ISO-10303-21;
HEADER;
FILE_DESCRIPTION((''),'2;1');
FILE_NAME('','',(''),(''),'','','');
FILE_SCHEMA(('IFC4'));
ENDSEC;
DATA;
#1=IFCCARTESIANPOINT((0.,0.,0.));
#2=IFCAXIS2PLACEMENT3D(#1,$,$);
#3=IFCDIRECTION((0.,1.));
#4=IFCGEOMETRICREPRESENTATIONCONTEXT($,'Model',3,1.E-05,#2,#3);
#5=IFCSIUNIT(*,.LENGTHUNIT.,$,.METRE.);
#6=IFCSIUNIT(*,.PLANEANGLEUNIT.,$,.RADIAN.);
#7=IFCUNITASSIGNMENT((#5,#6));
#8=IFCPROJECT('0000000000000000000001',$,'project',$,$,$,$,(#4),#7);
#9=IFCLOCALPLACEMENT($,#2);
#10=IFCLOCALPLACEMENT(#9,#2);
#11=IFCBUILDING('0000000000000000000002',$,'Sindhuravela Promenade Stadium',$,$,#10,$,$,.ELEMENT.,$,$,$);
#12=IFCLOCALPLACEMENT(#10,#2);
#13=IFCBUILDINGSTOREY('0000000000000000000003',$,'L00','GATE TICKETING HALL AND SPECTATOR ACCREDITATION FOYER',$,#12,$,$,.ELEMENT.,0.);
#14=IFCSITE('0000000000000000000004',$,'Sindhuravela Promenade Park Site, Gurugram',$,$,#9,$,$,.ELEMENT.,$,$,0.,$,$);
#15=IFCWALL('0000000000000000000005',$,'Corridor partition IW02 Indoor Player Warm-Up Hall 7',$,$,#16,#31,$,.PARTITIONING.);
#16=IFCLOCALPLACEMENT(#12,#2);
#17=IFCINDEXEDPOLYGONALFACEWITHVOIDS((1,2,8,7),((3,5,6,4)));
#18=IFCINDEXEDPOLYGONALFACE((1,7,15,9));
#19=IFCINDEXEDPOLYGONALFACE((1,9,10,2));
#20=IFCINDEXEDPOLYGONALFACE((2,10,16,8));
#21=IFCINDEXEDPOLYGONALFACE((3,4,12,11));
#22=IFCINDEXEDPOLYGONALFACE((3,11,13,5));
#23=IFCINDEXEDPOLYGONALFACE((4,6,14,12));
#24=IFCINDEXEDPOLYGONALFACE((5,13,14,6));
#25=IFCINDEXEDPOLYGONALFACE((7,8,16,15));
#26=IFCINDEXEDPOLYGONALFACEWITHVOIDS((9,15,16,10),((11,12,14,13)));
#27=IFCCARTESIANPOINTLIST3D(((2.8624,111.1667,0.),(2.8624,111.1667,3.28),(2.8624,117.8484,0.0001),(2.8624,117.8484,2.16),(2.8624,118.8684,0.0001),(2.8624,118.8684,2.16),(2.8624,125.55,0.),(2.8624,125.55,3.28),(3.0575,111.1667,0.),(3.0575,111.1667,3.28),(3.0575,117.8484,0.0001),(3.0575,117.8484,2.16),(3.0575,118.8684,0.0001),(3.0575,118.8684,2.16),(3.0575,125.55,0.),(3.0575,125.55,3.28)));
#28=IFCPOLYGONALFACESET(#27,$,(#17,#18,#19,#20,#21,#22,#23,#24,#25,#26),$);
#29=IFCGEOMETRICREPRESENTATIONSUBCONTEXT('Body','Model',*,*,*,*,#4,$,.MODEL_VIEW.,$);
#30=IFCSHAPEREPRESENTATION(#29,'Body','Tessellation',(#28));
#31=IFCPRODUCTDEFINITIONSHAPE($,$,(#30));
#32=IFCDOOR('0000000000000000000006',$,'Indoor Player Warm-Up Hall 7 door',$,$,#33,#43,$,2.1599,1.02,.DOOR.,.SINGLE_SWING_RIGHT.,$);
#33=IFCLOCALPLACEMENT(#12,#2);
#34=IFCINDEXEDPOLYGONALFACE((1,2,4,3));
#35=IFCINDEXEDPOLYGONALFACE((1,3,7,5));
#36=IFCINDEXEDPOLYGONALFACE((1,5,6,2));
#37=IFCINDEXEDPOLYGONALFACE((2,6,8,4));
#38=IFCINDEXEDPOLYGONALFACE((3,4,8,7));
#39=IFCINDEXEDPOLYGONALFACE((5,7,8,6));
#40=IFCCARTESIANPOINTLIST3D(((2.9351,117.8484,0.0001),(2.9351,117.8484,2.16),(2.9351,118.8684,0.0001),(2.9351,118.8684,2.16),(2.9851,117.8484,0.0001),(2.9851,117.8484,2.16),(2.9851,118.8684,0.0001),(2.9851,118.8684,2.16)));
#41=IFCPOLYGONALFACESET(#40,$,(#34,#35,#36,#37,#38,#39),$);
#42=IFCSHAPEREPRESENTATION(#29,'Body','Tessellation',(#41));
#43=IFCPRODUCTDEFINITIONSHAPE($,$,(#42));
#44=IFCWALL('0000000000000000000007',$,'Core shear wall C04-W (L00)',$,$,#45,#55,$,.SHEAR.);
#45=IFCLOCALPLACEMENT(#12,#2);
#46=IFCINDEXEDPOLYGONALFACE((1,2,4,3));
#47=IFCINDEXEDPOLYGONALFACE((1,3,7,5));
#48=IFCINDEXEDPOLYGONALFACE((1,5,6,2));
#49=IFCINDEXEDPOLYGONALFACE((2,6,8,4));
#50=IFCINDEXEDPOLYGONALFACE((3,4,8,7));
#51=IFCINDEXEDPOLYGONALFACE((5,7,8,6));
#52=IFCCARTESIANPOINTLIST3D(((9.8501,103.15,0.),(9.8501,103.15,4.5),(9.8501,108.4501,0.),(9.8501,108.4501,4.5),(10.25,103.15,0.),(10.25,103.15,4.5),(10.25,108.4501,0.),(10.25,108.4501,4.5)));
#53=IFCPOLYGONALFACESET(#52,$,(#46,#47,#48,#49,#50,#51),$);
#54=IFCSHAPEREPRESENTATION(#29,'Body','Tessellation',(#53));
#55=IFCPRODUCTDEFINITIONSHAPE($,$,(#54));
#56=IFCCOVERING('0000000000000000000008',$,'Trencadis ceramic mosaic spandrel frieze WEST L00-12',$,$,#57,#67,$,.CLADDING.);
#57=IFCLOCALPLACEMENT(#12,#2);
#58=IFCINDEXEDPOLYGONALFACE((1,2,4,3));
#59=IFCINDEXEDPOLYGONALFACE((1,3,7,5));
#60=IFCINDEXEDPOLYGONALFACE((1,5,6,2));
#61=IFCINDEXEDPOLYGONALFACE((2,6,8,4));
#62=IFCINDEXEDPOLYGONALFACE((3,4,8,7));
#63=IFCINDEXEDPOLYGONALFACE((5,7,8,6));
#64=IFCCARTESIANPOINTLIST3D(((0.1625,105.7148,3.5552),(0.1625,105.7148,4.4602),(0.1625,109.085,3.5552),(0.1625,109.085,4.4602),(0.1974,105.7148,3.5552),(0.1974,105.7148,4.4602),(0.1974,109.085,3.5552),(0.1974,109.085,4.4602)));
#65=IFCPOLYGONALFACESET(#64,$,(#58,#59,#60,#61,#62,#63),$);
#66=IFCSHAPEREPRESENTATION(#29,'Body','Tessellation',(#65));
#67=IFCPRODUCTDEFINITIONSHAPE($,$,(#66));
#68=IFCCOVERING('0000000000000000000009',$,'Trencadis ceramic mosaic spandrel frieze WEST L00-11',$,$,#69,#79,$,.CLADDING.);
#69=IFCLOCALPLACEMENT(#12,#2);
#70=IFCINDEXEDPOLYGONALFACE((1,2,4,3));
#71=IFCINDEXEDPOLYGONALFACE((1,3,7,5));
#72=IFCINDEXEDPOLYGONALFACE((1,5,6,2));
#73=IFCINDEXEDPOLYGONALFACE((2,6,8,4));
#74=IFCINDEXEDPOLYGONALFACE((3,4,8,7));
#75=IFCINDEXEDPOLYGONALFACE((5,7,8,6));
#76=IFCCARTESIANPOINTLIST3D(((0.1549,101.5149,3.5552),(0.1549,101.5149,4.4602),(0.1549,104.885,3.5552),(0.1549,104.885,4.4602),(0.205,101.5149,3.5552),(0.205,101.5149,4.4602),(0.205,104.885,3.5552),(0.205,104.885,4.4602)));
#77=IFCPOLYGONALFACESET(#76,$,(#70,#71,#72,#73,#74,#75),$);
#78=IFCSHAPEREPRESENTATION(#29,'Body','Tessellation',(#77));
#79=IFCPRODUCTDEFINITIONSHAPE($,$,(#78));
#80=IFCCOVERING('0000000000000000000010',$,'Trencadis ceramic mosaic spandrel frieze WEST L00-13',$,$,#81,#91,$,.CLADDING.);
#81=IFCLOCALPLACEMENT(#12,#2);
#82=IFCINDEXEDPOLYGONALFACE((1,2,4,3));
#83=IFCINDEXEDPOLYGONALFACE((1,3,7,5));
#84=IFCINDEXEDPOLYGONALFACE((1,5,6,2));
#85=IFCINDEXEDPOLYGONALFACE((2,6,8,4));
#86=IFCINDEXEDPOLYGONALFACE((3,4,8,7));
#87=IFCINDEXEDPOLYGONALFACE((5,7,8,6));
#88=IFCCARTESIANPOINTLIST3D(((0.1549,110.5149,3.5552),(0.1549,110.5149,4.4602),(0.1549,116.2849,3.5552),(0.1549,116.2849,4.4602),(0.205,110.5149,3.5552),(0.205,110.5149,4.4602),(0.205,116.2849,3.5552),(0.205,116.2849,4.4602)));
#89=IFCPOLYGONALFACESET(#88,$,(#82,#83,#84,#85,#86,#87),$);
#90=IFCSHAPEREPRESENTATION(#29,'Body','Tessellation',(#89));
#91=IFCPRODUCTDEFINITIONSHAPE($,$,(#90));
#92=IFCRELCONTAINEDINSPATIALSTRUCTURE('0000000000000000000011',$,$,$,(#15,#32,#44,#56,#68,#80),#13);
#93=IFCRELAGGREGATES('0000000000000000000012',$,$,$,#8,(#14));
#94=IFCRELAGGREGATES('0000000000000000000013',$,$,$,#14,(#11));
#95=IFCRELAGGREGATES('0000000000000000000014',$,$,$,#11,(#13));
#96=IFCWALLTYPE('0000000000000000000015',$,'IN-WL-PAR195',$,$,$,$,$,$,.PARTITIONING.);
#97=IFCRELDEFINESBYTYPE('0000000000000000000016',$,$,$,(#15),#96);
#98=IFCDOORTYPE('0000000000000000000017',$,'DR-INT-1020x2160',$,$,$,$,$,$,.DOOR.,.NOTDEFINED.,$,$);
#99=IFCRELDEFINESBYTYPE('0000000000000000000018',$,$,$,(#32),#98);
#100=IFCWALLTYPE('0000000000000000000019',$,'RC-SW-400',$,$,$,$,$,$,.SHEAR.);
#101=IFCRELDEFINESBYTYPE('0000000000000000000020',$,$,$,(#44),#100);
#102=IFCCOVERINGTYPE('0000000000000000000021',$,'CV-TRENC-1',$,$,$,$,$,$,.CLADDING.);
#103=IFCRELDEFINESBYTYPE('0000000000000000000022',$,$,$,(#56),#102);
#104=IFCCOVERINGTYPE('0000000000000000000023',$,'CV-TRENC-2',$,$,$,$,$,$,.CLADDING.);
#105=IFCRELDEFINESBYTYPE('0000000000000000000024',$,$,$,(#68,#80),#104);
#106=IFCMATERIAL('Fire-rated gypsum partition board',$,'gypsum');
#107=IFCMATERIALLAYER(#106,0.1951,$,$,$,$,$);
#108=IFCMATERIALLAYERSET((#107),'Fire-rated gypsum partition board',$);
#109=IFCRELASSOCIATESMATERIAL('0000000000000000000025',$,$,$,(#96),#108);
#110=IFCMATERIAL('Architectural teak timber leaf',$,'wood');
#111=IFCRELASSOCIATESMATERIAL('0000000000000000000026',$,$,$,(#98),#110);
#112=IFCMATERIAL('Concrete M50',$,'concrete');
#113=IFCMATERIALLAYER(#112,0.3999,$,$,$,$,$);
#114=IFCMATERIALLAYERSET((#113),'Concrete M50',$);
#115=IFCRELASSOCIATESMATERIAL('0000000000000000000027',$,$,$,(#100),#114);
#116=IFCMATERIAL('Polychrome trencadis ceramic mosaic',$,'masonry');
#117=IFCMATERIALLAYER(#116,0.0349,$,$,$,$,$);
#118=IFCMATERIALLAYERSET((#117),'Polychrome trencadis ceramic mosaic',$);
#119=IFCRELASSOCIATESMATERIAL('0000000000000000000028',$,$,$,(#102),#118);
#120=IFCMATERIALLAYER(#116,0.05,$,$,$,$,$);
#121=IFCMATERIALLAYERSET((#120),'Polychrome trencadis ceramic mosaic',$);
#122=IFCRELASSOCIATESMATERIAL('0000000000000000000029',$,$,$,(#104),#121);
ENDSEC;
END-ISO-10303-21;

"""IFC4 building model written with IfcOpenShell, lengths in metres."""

from ifc_helpers import new_model, si_unit, direction, frame, frame_2d, origin, origin_2d, place, context, subcontext, project, spatial, rectangle, extrude, material, layer, layer_set, type_object, element, fill, save


model = new_model("IFC4")

# Units and contexts
model_context = context("Model", 3, precision=1e-05, world=origin(), true_north=direction((0.0, 1.0)))
body_context = subcontext(model_context, "Body", "Model", "MODEL_VIEW")
ifc_project = project(units=[si_unit("LENGTHUNIT", "METRE"), si_unit("PLANEANGLEUNIT", "RADIAN")], contexts=[model_context])

# Site, building, storey
site_placement = place(None, origin())
site = spatial("IfcSite", under=ifc_project, at=site_placement, Name="Sindhuravela Promenade Park Site, Gurugram", CompositionType="ELEMENT", RefElevation=0.0)
building_placement = place(site_placement, origin())
building = spatial("IfcBuilding", under=site, at=building_placement, Name="Sindhuravela Promenade Stadium", CompositionType="ELEMENT")
storey_placement = place(building_placement, origin())
storey = spatial("IfcBuildingStorey", under=building, at=storey_placement, Name="L00", Description="GATE TICKETING HALL AND SPECTATOR ACCREDITATION FOYER", CompositionType="ELEMENT", Elevation=0.0)

# Shared definitions
ifc_material_1 = material(Name="Concrete M50", Category="concrete")

# Shared definitions
ifc_material_2 = material(Name="Fire-rated gypsum partition board", Category="gypsum")

# Wall, opening, door
ifc_layer_1 = layer(ifc_material_2, 0.1951)
ifc_layer_set_1 = layer_set([ifc_layer_1], Name="Fire-rated gypsum partition board")
wall_type_1 = type_object("IfcWallType", Name="IN-WL-PAR195", PredefinedType="PARTITIONING", material=ifc_layer_set_1)
wall_1_placement = place(storey_placement, frame((2.96, 111.1667, 0.0), z_axis=(0.0, 0.0, 1.0), x_axis=(0.0, 1.0, 0.0)))
wall_1 = element("IfcWall", 1, at=wall_1_placement, inside=storey, type_object=wall_type_1, Name="Corridor partition IW02 Indoor Player Warm-Up Hall 7", PredefinedType="PARTITIONING", context=body_context, shape_type="SweptSolid", body=[
    extrude(rectangle(XDim=14.3833, YDim=0.1951, at=frame_2d((7.1917, 0.0))), origin(), (0.0, 0.0, 1.0), 3.28),
])
opening_1_placement = place(wall_1_placement, frame((6.6816, 0.0, 0.0)))
opening_1 = element("IfcOpeningElement", 2, at=opening_1_placement, cuts=wall_1, PredefinedType="OPENING", context=body_context, shape_type="SweptSolid", body=[
    extrude(rectangle(XDim=1.02, YDim=2.1599, at=frame_2d((0.51, 1.0801))), frame((0.0, 0.1074, 0.0), z_axis=(0.0, -1.0, 0.0), x_axis=(1.0, 0.0, 0.0)), (0.0, 0.0, 1.0), 0.2151),
])
ifc_material_3 = material(Name="Architectural teak timber leaf", Category="wood")
door_type_1 = type_object("IfcDoorType", Name="DR-INT-1020x2160", OperationType="NOTDEFINED", PredefinedType="DOOR", material=ifc_material_3)
door_1_placement = place(opening_1_placement, origin())
door_1 = element("IfcDoor", 3, at=door_1_placement, inside=storey, type_object=door_type_1, Name="Indoor Player Warm-Up Hall 7 door", OperationType="SINGLE_SWING_RIGHT", OverallHeight=2.1599, OverallWidth=1.02, PredefinedType="DOOR", context=body_context, shape_type="SweptSolid", body=[
    extrude(rectangle(XDim=1.02, YDim=2.1599, at=frame_2d((0.51, 1.0801))), frame((0.0, 0.0249, 0.0), z_axis=(0.0, -1.0, 0.0), x_axis=(1.0, 0.0, 0.0)), (0.0, 0.0, 1.0), 0.05),
])
fill(opening_1, door_1)

# Wall
ifc_layer_2 = layer(ifc_material_1, 0.3999)
ifc_layer_set_2 = layer_set([ifc_layer_2], Name="Concrete M50")
wall_type_2 = type_object("IfcWallType", Name="RC-SW-400", PredefinedType="SHEAR", material=ifc_layer_set_2)
wall_2_placement = place(storey_placement, frame((10.05, 108.45, 0.0), z_axis=(0.0, 0.0, 1.0), x_axis=(0.0, -1.0, 0.0)))
element("IfcWall", 4, at=wall_2_placement, inside=storey, type_object=wall_type_2, Name="Core shear wall C04-W (L00)", PredefinedType="SHEAR", context=body_context, shape_type="SweptSolid", body=[
    extrude(rectangle(XDim=5.3, YDim=0.3999, at=frame_2d((2.6499, 0.0))), origin(), (0.0, 0.0, 1.0), 4.5),
])

# Coverings
ifc_material_4 = material(Name="Polychrome trencadis ceramic mosaic", Category="masonry")
ifc_layer_3 = layer(ifc_material_4, 0.0349)
ifc_layer_set_3 = layer_set([ifc_layer_3], Name="Polychrome trencadis ceramic mosaic")
covering_type_1 = type_object("IfcCoveringType", Name="CV-TRENC-1", PredefinedType="CLADDING", material=ifc_layer_set_3)
covering_1_placement = place(storey_placement, frame((0.1799, 107.3999, 3.5552), z_axis=(0.0, 0.0, 1.0), x_axis=(0.0, 1.0, 0.0)))
element("IfcCovering", 5, at=covering_1_placement, inside=storey, type_object=covering_type_1, Name="Trencadis ceramic mosaic spandrel frieze WEST L00-12", PredefinedType="CLADDING", context=body_context, shape_type="SweptSolid", body=[
    extrude(rectangle(XDim=3.3701, YDim=0.0349, at=origin_2d()), origin(), (0.0, 0.0, 1.0), 0.905),
])
ifc_layer_4 = layer(ifc_material_4, 0.05)
ifc_layer_set_4 = layer_set([ifc_layer_4], Name="Polychrome trencadis ceramic mosaic")
covering_type_2 = type_object("IfcCoveringType", Name="CV-TRENC-2", PredefinedType="CLADDING", material=ifc_layer_set_4)
covering_2_placement = place(storey_placement, frame((0.1799, 103.2, 3.5552), z_axis=(0.0, 0.0, 1.0), x_axis=(0.0, 1.0, 0.0)))
element("IfcCovering", 6, at=covering_2_placement, inside=storey, type_object=covering_type_2, Name="Trencadis ceramic mosaic spandrel frieze WEST L00-11", PredefinedType="CLADDING", context=body_context, shape_type="SweptSolid", body=[
    extrude(rectangle(XDim=3.3701, YDim=0.05, at=origin_2d()), origin(), (0.0, 0.0, 1.0), 0.905),
])
covering_3_placement = place(storey_placement, frame((0.1799, 113.3999, 3.5552), z_axis=(0.0, 0.0, 1.0), x_axis=(0.0, 1.0, 0.0)))
element("IfcCovering", 7, at=covering_3_placement, inside=storey, type_object=covering_type_2, Name="Trencadis ceramic mosaic spandrel frieze WEST L00-13", PredefinedType="CLADDING", context=body_context, shape_type="SweptSolid", body=[
    extrude(rectangle(XDim=5.77, YDim=0.05, at=origin_2d()), origin(), (0.0, 0.0, 1.0), 0.905),
])

save(model, "model.ifc")
